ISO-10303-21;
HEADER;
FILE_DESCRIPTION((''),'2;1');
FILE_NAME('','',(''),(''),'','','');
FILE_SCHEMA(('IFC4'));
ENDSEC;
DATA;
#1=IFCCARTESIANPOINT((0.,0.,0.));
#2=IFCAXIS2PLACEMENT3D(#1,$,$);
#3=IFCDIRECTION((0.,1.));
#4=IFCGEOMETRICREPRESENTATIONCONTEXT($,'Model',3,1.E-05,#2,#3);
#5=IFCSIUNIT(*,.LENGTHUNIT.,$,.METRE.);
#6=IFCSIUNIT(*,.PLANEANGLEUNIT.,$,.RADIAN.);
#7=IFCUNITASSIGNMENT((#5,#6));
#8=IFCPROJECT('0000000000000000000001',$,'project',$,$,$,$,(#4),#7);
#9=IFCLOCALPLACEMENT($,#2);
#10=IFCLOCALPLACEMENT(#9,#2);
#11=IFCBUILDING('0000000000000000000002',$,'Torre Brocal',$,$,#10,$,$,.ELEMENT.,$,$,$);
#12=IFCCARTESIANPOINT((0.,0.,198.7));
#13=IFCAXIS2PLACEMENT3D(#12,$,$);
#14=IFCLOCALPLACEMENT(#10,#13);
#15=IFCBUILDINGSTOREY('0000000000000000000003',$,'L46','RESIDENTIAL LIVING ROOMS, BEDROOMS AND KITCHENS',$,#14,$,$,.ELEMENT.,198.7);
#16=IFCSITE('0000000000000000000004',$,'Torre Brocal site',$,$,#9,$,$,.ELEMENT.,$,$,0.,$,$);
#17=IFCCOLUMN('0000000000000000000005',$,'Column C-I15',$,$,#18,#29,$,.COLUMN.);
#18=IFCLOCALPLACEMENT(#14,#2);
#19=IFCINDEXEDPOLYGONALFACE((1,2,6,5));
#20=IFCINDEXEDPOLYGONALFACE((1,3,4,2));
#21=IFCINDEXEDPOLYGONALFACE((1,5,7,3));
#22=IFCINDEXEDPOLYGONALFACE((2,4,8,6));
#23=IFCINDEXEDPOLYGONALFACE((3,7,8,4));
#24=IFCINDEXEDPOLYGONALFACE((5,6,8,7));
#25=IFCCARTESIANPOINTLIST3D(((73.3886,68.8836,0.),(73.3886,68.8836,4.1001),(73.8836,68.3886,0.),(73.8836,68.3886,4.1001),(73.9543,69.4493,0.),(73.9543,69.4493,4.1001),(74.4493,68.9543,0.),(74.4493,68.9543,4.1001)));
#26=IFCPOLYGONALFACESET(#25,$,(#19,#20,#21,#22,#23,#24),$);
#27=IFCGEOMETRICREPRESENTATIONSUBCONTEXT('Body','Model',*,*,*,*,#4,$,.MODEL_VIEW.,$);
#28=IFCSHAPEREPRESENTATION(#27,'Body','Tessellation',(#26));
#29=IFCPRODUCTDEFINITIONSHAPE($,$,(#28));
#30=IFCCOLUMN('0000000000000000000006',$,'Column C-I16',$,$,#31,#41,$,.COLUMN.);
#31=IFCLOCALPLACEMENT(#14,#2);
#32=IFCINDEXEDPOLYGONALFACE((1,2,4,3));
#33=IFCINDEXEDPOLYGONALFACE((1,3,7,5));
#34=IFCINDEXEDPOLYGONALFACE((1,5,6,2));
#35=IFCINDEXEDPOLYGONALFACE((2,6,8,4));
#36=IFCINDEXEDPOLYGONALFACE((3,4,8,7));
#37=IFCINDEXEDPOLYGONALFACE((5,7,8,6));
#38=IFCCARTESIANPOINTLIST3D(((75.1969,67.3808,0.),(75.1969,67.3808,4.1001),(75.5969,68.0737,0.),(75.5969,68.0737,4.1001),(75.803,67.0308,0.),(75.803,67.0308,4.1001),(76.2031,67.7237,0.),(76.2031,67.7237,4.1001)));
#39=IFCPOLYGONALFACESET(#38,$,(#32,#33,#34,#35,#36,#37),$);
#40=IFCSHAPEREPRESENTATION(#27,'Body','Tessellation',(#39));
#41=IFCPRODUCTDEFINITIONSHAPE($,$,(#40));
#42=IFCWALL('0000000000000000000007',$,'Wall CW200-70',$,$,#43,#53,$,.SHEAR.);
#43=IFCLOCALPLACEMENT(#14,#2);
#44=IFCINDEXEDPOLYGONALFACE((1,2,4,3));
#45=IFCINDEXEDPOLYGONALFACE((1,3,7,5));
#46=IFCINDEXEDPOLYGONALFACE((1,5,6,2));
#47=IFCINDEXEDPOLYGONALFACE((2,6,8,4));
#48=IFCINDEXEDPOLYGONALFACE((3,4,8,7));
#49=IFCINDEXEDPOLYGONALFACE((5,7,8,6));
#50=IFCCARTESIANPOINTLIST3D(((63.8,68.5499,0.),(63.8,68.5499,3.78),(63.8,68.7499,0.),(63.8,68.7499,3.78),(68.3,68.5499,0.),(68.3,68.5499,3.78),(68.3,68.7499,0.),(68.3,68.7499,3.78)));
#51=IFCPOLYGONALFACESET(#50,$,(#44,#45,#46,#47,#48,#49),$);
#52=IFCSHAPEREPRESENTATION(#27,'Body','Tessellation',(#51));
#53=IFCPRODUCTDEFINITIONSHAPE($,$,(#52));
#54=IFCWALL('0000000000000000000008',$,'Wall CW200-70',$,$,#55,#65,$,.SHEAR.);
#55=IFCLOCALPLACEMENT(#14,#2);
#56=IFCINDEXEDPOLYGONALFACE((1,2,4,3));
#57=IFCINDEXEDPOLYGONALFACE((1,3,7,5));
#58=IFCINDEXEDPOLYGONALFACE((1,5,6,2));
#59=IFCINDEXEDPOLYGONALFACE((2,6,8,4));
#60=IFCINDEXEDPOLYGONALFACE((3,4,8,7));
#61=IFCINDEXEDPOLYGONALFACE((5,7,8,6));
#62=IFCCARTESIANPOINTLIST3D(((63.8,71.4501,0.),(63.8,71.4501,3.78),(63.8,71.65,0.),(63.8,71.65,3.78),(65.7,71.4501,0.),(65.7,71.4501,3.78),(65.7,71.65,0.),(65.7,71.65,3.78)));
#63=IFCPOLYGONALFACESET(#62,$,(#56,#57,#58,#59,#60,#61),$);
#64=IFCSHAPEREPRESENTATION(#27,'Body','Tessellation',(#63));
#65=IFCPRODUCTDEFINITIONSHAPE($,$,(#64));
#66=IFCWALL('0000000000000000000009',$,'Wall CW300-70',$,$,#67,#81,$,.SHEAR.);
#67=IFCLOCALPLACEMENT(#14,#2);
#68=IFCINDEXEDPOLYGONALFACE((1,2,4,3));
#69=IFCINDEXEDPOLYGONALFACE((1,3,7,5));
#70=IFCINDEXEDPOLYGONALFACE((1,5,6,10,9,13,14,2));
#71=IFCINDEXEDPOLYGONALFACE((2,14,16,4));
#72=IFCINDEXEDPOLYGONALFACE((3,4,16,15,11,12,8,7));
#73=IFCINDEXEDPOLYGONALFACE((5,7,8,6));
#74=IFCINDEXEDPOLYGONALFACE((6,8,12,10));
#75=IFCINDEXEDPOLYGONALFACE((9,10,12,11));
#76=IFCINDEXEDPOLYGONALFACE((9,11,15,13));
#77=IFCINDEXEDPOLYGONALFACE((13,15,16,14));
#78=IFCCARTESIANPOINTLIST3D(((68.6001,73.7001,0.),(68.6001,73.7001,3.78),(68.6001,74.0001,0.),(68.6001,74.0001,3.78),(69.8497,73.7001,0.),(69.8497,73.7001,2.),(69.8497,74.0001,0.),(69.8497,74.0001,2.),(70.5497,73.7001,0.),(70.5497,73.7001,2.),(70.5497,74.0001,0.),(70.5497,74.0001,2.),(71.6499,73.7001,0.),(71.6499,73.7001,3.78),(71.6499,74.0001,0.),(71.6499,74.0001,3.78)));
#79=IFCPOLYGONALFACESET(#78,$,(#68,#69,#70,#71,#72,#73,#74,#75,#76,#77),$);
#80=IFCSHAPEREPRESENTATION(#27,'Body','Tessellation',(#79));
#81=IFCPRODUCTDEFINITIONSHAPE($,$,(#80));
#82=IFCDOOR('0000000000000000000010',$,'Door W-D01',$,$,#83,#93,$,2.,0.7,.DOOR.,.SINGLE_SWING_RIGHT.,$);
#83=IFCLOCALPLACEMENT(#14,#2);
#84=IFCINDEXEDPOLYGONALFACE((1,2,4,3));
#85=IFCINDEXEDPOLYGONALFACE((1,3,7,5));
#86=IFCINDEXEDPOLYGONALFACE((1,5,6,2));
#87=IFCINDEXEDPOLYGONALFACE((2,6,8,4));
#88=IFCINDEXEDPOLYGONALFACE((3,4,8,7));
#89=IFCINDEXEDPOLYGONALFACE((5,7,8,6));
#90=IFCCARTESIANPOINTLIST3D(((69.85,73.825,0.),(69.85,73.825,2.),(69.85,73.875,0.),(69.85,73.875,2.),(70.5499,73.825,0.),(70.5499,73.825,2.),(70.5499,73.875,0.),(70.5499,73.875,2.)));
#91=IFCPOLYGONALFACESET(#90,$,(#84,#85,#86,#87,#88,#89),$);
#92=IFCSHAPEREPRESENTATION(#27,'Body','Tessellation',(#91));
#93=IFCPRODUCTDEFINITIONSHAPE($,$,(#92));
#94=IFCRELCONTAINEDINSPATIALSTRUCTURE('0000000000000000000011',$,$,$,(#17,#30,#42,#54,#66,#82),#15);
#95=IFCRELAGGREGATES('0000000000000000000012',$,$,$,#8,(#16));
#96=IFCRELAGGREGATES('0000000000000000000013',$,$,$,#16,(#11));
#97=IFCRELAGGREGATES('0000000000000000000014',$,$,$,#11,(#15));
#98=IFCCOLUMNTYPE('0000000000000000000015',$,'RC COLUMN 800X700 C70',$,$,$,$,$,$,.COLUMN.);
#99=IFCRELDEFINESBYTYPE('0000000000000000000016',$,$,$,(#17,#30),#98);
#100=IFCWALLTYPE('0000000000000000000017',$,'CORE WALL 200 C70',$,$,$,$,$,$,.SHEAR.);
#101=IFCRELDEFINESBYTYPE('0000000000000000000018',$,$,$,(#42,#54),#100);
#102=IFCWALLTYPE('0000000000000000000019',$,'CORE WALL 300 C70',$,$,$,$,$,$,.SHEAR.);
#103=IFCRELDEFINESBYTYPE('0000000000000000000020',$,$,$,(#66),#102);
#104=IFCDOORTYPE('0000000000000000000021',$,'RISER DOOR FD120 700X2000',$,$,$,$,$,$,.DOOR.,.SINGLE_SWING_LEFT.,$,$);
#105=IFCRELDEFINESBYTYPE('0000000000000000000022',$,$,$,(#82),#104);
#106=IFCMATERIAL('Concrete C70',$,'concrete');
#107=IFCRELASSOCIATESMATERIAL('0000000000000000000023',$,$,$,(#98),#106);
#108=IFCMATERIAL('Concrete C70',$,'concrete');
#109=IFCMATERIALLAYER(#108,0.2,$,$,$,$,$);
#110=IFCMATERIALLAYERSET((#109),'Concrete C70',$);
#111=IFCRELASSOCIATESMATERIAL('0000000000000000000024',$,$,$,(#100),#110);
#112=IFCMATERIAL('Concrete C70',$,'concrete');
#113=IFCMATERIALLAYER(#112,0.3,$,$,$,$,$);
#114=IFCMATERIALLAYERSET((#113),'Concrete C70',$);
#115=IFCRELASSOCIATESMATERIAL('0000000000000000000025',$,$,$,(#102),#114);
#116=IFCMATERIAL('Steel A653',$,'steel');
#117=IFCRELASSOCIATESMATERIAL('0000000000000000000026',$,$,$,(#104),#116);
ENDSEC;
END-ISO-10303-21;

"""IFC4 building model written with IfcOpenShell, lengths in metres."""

from ifc_helpers import new_model, si_unit, direction, frame, frame_2d, origin, origin_2d, place, context, subcontext, project, spatial, rectangle, extrude, material, layer, layer_set, material_profile, profile_set, type_object, element, fill, save


model = new_model("IFC4")

# Units and contexts
model_context = context("Model", 3, precision=1e-05, world=origin(), true_north=direction((0.0, 1.0)))
body_context = subcontext(model_context, "Body", "Model", "MODEL_VIEW")
ifc_project = project(units=[si_unit("LENGTHUNIT", "METRE"), si_unit("PLANEANGLEUNIT", "RADIAN")], contexts=[model_context])

# Site, building, storey
site_placement = place(None, origin())
site = spatial("IfcSite", under=ifc_project, at=site_placement, Name="Torre Brocal site", CompositionType="ELEMENT", RefElevation=0.0)
building_placement = place(site_placement, origin())
building = spatial("IfcBuilding", under=site, at=building_placement, Name="Torre Brocal", CompositionType="ELEMENT")
storey_placement = place(building_placement, frame((0.0, 0.0, 198.7)))
storey = spatial("IfcBuildingStorey", under=building, at=storey_placement, Name="L46", Description="RESIDENTIAL LIVING ROOMS, BEDROOMS AND KITCHENS", CompositionType="ELEMENT", Elevation=198.7)

# Columns
ifc_material_1 = material(Name="Concrete C70", Category="concrete")
ifc_material_profile = material_profile(ifc_material_1, rectangle(XDim=0.8, YDim=0.7, at=origin_2d()), Name="RC 800X700")
ifc_profile_set = profile_set([ifc_material_profile], Name="Concrete C70")
column_type = type_object("IfcColumnType", Name="RC COLUMN 800X700 C70", PredefinedType="COLUMN", material=ifc_profile_set)
for number, where, z_axis, x_axis, name in (
    (1, (73.9189, 68.9189, 0.0), (0.0, 0.0, 1.0), (-0.707107, -0.707107, 0.0), "Column C-I15"),
    (2, (75.7, 67.5522, 0.0), (0.0, 0.0, 1.0), (-0.5, -0.866025, 0.0), "Column C-I16"),
):
    element("IfcColumn", number, at=place(storey_placement, frame(where, z_axis=z_axis, x_axis=x_axis)), inside=storey, type_object=column_type, Name=name, PredefinedType="COLUMN", context=body_context, shape_type="SweptSolid", body=[
        extrude(rectangle(XDim=0.8, YDim=0.7, at=origin_2d()), origin(), (0.0, 0.0, 1.0), 4.1001),
    ])

# Walls
ifc_material_2 = material(Name="Concrete C70", Category="concrete")
ifc_layer_1 = layer(ifc_material_2, 0.2)
ifc_layer_set_1 = layer_set([ifc_layer_1], Name="Concrete C70")
wall_type_1 = type_object("IfcWallType", Name="CORE WALL 200 C70", PredefinedType="SHEAR", material=ifc_layer_set_1)
wall_1_placement = place(storey_placement, frame((68.3, 68.6499, 0.0), z_axis=(0.0, 0.0, 1.0), x_axis=(-1.0, 0.0, 0.0)))
element("IfcWall", 3, at=wall_1_placement, inside=storey, type_object=wall_type_1, Name="Wall CW200-70", PredefinedType="SHEAR", context=body_context, shape_type="SweptSolid", body=[
    extrude(rectangle(XDim=4.5, YDim=0.2, at=frame_2d((2.25, 0.0))), origin(), (0.0, 0.0, 1.0), 3.78),
])
wall_2_placement = place(storey_placement, frame((65.7, 71.55, 0.0), z_axis=(0.0, 0.0, 1.0), x_axis=(-1.0, 0.0, 0.0)))
element("IfcWall", 4, at=wall_2_placement, inside=storey, type_object=wall_type_1, Name="Wall CW200-70", PredefinedType="SHEAR", context=body_context, shape_type="SweptSolid", body=[
    extrude(rectangle(XDim=1.8999, YDim=0.2, at=frame_2d((0.95, 0.0))), origin(), (0.0, 0.0, 1.0), 3.78),
])

# Wall, opening, door
ifc_material_3 = material(Name="Concrete C70", Category="concrete")
ifc_layer_2 = layer(ifc_material_3, 0.3)
ifc_layer_set_2 = layer_set([ifc_layer_2], Name="Concrete C70")
wall_type_2 = type_object("IfcWallType", Name="CORE WALL 300 C70", PredefinedType="SHEAR", material=ifc_layer_set_2)
wall_3_placement = place(storey_placement, frame((71.6499, 73.8501, 0.0), z_axis=(0.0, 0.0, 1.0), x_axis=(-1.0, 0.0, 0.0)))
wall_3 = element("IfcWall", 5, at=wall_3_placement, inside=storey, type_object=wall_type_2, Name="Wall CW300-70", PredefinedType="SHEAR", context=body_context, shape_type="SweptSolid", body=[
    extrude(rectangle(XDim=3.0498, YDim=0.3, at=frame_2d((1.5249, 0.0))), origin(), (0.0, 0.0, 1.0), 3.78),
])
opening_1_placement = place(wall_3_placement, frame((1.1001, 0.0, 0.0)))
opening_1 = element("IfcOpeningElement", 6, at=opening_1_placement, cuts=wall_3, PredefinedType="OPENING", context=body_context, shape_type="SweptSolid", body=[
    extrude(rectangle(XDim=0.7, YDim=2.0, at=frame_2d((0.3501, 1.0))), frame((0.0, 0.1599, 0.0), z_axis=(0.0, -1.0, 0.0), x_axis=(1.0, 0.0, 0.0)), (0.0, 0.0, 1.0), 0.3201),
])
ifc_material_4 = material(Name="Steel A653", Category="steel")
door_type_1 = type_object("IfcDoorType", Name="RISER DOOR FD120 700X2000", OperationType="SINGLE_SWING_LEFT", PredefinedType="DOOR", material=ifc_material_4)
door_1_placement = place(opening_1_placement, frame((0.7, 0.0, 0.0), z_axis=(0.0, 0.0, 1.0), x_axis=(-1.0, 0.0, 0.0)))
door_1 = element("IfcDoor", 7, at=door_1_placement, inside=storey, type_object=door_type_1, Name="Door W-D01", OperationType="SINGLE_SWING_RIGHT", OverallHeight=2.0, OverallWidth=0.7, PredefinedType="DOOR", context=body_context, shape_type="SweptSolid", body=[
    extrude(rectangle(XDim=0.7, YDim=2.0, at=frame_2d((0.3501, 1.0))), frame((0.0, 0.0249, 0.0), z_axis=(0.0, -1.0, 0.0), x_axis=(1.0, 0.0, 0.0)), (0.0, 0.0, 1.0), 0.05),
])
fill(opening_1, door_1)

save(model, "model.ifc")
